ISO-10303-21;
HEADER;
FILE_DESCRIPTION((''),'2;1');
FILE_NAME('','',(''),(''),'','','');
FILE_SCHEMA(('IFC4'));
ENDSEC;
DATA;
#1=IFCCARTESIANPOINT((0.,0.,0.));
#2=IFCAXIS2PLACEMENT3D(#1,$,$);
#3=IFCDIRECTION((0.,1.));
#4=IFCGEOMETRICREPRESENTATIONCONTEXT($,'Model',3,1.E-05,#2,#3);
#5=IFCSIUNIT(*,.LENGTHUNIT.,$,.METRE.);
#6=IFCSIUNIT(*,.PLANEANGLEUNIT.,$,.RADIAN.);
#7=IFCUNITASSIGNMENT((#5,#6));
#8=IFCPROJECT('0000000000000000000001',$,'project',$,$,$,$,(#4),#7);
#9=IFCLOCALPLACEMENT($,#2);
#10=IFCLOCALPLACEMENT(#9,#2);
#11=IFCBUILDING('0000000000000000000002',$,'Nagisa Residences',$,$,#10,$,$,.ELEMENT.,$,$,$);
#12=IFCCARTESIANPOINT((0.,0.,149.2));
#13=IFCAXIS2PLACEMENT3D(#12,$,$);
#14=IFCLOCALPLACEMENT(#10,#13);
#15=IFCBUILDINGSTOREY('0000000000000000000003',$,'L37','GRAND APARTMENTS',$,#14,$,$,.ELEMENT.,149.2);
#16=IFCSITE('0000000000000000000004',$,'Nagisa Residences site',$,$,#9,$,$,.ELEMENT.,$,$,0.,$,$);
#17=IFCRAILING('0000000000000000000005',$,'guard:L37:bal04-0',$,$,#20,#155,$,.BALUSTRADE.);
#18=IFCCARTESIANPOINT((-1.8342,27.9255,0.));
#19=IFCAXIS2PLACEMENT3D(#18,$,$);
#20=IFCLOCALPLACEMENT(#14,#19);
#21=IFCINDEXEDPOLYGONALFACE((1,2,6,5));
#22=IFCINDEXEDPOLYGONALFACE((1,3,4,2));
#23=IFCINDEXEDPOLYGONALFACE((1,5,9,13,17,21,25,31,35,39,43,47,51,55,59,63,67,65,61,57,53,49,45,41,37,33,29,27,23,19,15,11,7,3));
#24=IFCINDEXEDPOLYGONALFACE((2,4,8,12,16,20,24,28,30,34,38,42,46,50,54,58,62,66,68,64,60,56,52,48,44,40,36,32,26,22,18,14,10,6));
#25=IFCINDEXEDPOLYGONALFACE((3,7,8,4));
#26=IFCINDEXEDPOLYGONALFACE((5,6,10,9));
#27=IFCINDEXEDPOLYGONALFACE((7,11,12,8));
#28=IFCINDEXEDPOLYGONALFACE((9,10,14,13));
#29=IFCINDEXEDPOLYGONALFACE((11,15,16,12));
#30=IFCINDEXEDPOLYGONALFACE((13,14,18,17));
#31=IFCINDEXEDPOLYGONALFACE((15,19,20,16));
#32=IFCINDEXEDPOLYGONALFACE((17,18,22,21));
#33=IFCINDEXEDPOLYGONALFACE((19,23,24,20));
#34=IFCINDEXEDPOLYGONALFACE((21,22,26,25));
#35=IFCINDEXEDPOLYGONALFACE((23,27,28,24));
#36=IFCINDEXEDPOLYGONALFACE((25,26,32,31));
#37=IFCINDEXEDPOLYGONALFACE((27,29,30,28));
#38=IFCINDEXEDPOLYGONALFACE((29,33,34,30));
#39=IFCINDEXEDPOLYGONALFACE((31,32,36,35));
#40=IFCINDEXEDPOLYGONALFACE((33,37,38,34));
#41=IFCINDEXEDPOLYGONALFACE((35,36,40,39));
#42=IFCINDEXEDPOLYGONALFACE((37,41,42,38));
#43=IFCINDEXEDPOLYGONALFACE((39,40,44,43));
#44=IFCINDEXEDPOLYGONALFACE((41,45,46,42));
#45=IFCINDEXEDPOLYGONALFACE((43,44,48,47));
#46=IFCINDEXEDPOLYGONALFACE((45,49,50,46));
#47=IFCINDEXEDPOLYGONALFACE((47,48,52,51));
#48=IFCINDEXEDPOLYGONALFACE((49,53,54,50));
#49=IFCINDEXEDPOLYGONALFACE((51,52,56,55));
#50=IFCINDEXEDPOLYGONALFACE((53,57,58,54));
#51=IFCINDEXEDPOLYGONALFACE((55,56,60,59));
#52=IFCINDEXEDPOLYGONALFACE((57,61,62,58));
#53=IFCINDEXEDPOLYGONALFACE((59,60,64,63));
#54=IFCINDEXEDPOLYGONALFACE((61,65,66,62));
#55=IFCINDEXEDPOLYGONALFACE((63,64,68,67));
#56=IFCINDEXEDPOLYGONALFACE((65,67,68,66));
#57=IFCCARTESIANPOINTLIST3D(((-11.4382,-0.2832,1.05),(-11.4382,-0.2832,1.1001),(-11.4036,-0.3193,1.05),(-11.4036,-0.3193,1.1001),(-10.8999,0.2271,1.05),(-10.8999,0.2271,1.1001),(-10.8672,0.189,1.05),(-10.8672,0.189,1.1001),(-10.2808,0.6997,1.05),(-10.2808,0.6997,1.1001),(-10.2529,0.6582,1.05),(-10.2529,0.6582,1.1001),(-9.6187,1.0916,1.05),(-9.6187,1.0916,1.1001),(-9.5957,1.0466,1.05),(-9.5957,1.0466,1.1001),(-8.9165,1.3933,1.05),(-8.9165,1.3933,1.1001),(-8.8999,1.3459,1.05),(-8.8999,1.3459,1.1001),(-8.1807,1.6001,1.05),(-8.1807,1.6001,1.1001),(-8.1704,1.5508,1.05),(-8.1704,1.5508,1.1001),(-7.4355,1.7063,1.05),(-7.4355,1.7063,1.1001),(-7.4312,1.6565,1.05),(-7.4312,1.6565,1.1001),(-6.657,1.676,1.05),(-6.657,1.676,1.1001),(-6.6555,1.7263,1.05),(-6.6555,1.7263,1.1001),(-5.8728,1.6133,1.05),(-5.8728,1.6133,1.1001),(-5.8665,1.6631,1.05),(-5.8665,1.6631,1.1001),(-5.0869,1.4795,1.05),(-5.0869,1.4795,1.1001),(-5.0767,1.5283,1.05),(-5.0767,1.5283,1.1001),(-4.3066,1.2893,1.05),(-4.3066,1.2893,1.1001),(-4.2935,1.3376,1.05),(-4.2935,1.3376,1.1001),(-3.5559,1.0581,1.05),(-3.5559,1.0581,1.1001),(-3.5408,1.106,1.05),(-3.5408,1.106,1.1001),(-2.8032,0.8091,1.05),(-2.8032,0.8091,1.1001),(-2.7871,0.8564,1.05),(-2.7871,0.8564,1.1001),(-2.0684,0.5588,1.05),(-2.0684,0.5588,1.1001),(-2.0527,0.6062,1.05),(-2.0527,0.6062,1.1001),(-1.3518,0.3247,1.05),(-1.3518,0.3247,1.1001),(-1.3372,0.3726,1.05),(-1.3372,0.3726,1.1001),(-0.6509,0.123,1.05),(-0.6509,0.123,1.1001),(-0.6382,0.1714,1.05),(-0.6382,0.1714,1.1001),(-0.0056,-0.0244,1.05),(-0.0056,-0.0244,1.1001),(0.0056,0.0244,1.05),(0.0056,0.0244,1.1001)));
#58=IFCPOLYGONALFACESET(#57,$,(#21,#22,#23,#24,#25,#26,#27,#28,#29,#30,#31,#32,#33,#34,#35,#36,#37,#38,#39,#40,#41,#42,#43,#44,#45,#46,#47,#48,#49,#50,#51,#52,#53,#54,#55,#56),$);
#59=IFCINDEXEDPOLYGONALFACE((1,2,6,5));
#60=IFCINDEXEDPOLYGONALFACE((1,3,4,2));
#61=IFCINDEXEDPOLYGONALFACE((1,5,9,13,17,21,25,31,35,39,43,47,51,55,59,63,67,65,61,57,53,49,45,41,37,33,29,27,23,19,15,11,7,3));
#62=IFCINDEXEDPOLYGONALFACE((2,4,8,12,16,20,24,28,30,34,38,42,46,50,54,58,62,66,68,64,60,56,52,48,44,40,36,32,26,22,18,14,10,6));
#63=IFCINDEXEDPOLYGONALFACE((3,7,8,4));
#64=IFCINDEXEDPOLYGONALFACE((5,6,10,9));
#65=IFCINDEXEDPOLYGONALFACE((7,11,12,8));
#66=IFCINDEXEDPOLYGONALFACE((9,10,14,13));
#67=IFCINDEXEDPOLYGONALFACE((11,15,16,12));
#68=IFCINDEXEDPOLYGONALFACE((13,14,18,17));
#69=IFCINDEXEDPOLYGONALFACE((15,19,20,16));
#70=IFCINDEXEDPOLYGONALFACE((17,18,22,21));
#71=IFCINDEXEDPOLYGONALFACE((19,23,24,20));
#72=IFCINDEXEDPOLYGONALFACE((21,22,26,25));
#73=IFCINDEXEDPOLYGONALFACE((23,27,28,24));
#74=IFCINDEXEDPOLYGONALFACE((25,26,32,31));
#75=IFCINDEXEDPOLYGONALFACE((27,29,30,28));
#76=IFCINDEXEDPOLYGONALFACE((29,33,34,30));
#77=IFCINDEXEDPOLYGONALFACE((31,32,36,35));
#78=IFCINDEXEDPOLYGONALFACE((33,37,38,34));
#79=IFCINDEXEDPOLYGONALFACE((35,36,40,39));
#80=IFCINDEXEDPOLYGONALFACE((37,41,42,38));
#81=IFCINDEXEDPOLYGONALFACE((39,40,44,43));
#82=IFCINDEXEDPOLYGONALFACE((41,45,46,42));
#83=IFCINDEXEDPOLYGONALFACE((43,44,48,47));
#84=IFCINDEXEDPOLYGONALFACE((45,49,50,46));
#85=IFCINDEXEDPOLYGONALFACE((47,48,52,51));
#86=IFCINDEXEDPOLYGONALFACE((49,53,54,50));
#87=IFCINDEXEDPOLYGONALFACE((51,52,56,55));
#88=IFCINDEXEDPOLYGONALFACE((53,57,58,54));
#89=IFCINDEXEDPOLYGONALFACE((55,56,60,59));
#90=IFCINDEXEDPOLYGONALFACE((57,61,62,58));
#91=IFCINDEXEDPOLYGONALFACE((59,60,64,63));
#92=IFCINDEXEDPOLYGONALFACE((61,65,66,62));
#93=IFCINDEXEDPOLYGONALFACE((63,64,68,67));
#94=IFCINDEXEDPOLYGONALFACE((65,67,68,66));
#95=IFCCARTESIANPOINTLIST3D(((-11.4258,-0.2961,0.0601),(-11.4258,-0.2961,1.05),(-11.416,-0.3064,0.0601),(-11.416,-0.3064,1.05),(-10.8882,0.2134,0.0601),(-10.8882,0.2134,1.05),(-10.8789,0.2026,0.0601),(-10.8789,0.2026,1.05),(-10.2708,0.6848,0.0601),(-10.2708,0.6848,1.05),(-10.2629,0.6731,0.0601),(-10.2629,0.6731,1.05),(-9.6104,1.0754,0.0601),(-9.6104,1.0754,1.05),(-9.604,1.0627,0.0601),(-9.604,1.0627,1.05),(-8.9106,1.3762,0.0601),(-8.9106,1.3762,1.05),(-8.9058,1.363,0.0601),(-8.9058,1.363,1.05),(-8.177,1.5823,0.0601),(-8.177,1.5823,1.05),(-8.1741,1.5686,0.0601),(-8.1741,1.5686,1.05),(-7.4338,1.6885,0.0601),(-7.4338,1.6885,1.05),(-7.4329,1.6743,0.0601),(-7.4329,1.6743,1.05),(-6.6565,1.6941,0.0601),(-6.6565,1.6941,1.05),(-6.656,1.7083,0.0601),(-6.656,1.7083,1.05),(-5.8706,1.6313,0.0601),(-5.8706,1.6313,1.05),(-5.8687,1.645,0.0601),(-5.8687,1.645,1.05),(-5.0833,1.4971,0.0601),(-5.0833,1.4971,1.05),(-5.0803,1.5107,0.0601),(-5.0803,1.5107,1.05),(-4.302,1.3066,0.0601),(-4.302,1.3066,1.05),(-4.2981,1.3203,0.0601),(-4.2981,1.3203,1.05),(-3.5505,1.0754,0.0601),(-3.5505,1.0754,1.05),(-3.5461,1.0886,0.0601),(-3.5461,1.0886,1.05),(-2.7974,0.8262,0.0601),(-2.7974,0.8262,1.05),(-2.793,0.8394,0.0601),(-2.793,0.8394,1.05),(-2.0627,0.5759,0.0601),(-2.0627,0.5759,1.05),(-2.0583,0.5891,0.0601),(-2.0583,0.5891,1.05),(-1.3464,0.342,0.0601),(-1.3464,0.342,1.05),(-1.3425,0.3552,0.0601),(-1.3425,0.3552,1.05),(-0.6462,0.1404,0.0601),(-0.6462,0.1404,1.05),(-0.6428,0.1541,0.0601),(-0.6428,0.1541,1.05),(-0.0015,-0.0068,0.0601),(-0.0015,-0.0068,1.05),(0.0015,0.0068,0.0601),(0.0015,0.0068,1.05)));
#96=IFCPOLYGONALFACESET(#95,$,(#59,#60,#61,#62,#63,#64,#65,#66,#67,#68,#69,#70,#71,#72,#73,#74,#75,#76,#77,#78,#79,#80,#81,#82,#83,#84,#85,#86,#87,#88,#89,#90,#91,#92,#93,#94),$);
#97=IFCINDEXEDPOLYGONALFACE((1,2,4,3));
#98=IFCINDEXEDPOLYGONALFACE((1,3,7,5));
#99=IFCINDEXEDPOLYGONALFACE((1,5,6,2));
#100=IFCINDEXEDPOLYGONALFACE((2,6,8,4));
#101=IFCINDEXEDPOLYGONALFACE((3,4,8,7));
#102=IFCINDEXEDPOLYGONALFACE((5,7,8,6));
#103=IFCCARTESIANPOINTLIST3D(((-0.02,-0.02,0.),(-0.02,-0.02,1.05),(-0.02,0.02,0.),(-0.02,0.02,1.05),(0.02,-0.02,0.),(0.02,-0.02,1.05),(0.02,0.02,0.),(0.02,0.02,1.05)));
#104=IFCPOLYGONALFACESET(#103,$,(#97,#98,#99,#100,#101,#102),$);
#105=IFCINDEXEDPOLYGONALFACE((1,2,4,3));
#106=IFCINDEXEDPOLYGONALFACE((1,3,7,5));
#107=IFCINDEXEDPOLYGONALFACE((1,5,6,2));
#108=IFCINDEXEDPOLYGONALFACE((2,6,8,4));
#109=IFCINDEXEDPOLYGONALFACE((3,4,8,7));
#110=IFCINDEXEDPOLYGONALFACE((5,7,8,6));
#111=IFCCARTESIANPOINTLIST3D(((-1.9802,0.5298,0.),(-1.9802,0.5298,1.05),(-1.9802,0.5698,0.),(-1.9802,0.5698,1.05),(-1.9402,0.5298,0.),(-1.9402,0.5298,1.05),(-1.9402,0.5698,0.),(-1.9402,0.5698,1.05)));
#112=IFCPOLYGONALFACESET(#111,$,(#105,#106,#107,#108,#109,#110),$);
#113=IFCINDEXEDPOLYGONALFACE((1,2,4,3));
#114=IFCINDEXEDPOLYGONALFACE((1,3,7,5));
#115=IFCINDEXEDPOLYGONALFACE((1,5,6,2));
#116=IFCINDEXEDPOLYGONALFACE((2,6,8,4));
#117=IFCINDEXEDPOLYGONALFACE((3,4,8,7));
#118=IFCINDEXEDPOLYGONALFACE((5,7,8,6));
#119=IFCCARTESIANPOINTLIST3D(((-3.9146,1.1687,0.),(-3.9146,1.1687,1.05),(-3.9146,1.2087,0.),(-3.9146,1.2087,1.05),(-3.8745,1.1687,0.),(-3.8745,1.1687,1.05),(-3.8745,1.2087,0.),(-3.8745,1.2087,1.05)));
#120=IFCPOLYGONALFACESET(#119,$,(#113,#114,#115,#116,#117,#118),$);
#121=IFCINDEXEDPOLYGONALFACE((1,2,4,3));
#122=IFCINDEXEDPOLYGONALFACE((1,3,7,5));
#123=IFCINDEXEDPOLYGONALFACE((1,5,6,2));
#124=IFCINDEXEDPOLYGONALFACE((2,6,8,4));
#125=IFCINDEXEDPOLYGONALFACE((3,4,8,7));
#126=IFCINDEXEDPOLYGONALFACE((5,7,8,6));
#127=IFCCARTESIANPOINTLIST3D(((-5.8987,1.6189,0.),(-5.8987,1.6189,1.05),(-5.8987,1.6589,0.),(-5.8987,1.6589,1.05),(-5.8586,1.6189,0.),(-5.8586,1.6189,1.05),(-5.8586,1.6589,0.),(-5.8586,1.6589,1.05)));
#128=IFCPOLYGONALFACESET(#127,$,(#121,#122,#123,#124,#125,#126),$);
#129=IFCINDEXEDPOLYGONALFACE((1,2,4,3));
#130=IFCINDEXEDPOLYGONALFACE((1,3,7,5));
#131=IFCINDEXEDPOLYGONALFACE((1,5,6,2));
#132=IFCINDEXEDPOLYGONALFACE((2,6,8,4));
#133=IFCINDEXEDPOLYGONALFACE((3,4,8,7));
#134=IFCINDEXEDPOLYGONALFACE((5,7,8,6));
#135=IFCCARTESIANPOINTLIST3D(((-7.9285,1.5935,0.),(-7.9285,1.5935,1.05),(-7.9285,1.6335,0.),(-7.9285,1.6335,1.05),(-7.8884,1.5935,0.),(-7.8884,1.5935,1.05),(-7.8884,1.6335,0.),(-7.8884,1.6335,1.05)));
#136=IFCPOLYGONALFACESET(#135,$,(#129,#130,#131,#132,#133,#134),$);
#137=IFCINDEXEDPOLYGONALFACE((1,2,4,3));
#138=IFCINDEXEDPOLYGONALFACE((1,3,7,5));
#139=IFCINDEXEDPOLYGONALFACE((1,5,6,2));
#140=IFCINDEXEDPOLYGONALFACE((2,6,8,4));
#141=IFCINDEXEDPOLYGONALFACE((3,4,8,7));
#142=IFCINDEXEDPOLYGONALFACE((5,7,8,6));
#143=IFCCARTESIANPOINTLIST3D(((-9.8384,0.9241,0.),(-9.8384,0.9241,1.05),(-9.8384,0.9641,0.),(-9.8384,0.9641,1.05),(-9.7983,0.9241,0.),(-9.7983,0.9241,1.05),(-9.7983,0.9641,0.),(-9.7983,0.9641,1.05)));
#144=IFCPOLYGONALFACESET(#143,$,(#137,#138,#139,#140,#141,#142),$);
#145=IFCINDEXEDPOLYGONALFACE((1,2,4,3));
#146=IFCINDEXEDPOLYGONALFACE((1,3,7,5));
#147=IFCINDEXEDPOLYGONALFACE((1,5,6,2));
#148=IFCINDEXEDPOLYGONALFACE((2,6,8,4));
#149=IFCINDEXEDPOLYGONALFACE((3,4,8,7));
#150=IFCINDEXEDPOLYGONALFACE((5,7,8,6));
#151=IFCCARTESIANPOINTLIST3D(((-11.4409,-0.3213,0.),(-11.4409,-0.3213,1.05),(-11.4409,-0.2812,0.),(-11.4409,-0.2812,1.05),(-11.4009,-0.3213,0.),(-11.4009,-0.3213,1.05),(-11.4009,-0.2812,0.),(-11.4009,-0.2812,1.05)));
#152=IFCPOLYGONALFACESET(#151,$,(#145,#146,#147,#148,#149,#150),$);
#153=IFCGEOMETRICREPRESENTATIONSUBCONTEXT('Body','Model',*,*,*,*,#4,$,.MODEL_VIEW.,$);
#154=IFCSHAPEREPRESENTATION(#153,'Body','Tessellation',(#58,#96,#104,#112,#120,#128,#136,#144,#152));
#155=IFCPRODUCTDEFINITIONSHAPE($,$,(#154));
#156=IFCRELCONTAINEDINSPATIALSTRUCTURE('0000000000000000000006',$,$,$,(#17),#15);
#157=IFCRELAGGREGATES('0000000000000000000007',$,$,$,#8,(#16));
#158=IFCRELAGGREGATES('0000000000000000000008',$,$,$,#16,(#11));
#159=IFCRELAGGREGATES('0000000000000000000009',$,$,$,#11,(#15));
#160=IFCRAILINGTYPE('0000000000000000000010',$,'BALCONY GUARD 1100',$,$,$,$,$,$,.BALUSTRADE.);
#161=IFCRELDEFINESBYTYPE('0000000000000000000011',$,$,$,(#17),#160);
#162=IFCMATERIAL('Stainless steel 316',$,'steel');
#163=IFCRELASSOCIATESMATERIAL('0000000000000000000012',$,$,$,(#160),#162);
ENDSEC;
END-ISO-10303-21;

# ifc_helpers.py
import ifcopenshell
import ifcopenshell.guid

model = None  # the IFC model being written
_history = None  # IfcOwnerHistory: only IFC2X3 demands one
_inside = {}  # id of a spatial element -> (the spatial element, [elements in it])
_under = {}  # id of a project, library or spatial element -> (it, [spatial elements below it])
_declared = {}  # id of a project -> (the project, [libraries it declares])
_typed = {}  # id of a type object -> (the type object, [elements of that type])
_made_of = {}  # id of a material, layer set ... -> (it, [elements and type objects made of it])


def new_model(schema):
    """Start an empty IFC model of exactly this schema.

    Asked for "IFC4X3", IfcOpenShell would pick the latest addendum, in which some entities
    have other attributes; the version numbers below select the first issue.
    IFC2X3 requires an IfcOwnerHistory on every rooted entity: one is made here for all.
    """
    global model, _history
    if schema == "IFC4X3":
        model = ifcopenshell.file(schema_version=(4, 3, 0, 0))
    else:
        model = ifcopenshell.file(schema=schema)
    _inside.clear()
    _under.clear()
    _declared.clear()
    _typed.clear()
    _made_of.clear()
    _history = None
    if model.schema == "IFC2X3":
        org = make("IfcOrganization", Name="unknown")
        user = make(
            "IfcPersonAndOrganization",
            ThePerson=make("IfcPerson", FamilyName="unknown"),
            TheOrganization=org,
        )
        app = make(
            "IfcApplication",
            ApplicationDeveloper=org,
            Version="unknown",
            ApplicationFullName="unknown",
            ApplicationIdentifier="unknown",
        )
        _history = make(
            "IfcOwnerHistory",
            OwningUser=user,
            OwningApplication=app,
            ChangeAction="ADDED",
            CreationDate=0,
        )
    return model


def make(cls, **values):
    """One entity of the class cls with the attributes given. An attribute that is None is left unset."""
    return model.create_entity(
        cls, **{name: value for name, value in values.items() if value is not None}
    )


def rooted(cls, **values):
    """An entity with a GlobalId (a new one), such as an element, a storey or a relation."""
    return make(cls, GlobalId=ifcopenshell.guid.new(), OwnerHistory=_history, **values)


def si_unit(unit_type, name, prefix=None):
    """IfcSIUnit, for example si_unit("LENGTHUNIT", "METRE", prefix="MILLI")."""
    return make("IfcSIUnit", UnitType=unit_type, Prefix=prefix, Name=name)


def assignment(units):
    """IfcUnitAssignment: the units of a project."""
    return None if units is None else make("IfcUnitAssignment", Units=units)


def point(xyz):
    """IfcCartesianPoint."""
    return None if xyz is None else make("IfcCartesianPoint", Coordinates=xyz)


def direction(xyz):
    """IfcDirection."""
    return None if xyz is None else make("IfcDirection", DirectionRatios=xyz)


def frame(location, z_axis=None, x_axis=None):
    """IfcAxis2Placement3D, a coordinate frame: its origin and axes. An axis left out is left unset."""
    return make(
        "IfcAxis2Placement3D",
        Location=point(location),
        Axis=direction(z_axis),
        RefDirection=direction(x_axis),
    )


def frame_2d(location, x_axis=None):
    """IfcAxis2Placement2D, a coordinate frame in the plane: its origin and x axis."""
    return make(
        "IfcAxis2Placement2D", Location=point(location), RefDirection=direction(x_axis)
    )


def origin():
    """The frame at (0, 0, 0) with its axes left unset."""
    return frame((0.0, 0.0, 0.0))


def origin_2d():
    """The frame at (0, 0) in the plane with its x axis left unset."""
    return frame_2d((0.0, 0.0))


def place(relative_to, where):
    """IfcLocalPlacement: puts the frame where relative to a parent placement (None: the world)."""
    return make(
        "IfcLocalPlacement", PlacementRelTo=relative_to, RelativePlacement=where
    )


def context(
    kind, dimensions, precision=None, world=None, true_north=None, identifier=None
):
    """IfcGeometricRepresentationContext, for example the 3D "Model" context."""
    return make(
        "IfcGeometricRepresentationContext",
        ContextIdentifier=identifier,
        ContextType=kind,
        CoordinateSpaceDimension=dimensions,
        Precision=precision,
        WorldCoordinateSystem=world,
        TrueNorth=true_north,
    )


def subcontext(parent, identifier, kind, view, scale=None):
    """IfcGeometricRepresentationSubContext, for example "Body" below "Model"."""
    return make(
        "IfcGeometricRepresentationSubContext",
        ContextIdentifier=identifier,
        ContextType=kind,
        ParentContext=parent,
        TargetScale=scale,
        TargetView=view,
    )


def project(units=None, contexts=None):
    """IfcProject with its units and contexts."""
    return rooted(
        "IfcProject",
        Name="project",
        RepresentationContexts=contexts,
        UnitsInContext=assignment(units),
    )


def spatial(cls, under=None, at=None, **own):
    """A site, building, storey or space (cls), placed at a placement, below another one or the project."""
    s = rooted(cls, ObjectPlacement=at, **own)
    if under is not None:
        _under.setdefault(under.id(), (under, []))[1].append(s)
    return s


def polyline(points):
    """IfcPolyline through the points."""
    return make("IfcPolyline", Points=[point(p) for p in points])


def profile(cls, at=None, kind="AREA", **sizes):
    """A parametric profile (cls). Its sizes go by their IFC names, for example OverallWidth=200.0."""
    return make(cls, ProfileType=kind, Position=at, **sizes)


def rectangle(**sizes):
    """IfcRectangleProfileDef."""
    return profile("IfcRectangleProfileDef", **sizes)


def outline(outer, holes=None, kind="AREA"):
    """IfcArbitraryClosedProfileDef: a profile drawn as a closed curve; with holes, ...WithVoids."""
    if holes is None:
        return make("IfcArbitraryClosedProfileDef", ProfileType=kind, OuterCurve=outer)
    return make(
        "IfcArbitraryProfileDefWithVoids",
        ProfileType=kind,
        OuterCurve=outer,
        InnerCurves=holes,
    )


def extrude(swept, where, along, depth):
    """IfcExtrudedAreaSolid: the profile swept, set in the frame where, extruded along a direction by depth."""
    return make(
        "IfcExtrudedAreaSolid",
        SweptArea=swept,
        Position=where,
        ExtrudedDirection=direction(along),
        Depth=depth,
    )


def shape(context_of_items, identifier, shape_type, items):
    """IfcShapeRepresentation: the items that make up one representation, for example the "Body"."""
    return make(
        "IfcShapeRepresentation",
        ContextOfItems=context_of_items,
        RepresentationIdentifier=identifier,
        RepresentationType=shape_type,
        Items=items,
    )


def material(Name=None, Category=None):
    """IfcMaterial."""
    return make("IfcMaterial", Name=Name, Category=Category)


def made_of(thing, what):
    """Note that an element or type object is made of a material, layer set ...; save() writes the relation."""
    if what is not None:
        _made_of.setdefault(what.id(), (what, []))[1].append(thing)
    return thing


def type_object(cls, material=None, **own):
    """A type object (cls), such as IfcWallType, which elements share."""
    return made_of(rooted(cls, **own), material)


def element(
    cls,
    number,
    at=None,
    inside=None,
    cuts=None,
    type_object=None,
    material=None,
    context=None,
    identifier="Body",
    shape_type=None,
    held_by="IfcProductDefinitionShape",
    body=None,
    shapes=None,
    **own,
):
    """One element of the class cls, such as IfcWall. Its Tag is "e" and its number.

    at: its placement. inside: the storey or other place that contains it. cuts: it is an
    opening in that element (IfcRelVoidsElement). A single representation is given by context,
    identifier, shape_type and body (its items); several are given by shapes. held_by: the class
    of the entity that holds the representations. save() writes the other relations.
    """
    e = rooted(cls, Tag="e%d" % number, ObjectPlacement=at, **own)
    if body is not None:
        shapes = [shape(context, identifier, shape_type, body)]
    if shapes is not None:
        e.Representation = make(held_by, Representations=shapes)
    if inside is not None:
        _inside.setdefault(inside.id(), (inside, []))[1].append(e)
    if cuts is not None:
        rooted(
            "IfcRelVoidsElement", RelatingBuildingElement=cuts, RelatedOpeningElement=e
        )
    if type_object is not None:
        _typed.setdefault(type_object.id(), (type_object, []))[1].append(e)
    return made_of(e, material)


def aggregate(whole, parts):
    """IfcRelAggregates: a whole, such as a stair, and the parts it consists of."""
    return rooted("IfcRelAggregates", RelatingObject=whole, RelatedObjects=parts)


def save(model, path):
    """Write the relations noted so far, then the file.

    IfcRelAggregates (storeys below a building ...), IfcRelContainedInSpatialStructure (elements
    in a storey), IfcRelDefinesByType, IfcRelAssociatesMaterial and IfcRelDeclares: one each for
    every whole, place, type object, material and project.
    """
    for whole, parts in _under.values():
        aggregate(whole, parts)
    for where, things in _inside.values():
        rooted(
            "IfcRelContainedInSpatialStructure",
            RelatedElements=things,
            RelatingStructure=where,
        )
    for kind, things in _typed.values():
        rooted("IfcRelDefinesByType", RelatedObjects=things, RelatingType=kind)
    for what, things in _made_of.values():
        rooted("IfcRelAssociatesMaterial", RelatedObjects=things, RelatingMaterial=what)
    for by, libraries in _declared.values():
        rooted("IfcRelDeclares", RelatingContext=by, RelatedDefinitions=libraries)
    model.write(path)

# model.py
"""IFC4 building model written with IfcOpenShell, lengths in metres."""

from ifc_helpers import new_model, si_unit, direction, frame, origin, origin_2d, place, context, subcontext, project, spatial, polyline, rectangle, outline, extrude, material, type_object, element, save


model = new_model("IFC4")

# Units and contexts
model_context = context("Model", 3, precision=1e-05, world=origin(), true_north=direction((0.0, 1.0)))
body_context = subcontext(model_context, "Body", "Model", "MODEL_VIEW")
ifc_project = project(units=[si_unit("LENGTHUNIT", "METRE"), si_unit("PLANEANGLEUNIT", "RADIAN")], contexts=[model_context])

# Site, building, storey
site_placement = place(None, origin())
site = spatial("IfcSite", under=ifc_project, at=site_placement, Name="Nagisa Residences site", CompositionType="ELEMENT", RefElevation=0.0)
building_placement = place(site_placement, origin())
building = spatial("IfcBuilding", under=site, at=building_placement, Name="Nagisa Residences", CompositionType="ELEMENT")
storey_placement = place(building_placement, frame((0.0, 0.0, 149.2)))
storey = spatial("IfcBuildingStorey", under=building, at=storey_placement, Name="L37", Description="GRAND APARTMENTS", CompositionType="ELEMENT", Elevation=149.2)

# Railing
ifc_material_1 = material(Name="Stainless steel 316", Category="steel")
railing_type = type_object("IfcRailingType", Name="BALCONY GUARD 1100", PredefinedType="BALUSTRADE", material=ifc_material_1)
railing_placement = place(storey_placement, frame((-1.8342, 27.9255, 0.0)))
element("IfcRailing", 1, at=railing_placement, inside=storey, type_object=railing_type, Name="guard:L37:bal04-0", PredefinedType="BALUSTRADE", context=body_context, shape_type="SweptSolid", body=[
    extrude(outline(polyline([(-0.6509, 0.123), (-0.0056, -0.0244), (0.0056, 0.0244), (-0.6382, 0.1714), (-1.3372, 0.3726), (-2.0527, 0.6062), (-2.7871, 0.8564), (-3.5408, 1.106), (-4.2935, 1.3376), (-5.0767, 1.5283), (-5.8665, 1.6631), (-6.6555, 1.7263), (-7.4355, 1.7063), (-8.1807, 1.6001), (-8.9165, 1.3933), (-9.6187, 1.0916), (-10.2808, 0.6997), (-10.8999, 0.2271), (-11.4382, -0.2832), (-11.4036, -0.3193), (-10.8672, 0.189), (-10.2529, 0.6582), (-9.5957, 1.0466), (-8.8999, 1.3459), (-8.1704, 1.5508), (-7.4312, 1.6565), (-6.657, 1.676), (-5.8728, 1.6133), (-5.0869, 1.4795), (-4.3066, 1.2893), (-3.5559, 1.0581), (-2.8032, 0.8091), (-2.0684, 0.5588), (-1.3518, 0.3247), (-0.6509, 0.123)])), frame((0.0, 0.0, 1.05)), (0.0, 0.0, 1.0), 0.05),
    extrude(outline(polyline([(-0.6462, 0.1404), (-0.0015, -0.0068), (0.0015, 0.0068), (-0.6428, 0.1541), (-1.3425, 0.3552), (-2.0583, 0.5891), (-2.793, 0.8394), (-3.5461, 1.0886), (-4.2981, 1.3203), (-5.0803, 1.5107), (-5.8687, 1.645), (-6.656, 1.7083), (-7.4338, 1.6885), (-8.177, 1.5823), (-8.9106, 1.3762), (-9.6104, 1.0754), (-10.2708, 0.6848), (-10.8882, 0.2134), (-11.4258, -0.2961), (-11.416, -0.3064), (-10.8789, 0.2026), (-10.2629, 0.6731), (-9.604, 1.0627), (-8.9058, 1.363), (-8.1741, 1.5686), (-7.4329, 1.6743), (-6.6565, 1.6941), (-5.8706, 1.6313), (-5.0833, 1.4971), (-4.302, 1.3066), (-3.5505, 1.0754), (-2.7974, 0.8262), (-2.0627, 0.5759), (-1.3464, 0.342), (-0.6462, 0.1404)])), frame((0.0, 0.0, 0.0601)), (0.0, 0.0, 1.0), 0.99),
    extrude(rectangle(XDim=0.04, YDim=0.04, at=origin_2d()), origin(), (0.0, 0.0, 1.0), 1.05),
    extrude(rectangle(XDim=0.04, YDim=0.04, at=origin_2d()), frame((-1.9602, 0.5498, 0.0)), (0.0, 0.0, 1.0), 1.05),
    extrude(rectangle(XDim=0.04, YDim=0.04, at=origin_2d()), frame((-3.8945, 1.1887, 0.0)), (0.0, 0.0, 1.0), 1.05),
    extrude(rectangle(XDim=0.04, YDim=0.04, at=origin_2d()), frame((-5.8787, 1.6389, 0.0)), (0.0, 0.0, 1.0), 1.05),
    extrude(rectangle(XDim=0.04, YDim=0.04, at=origin_2d()), frame((-7.9084, 1.6135, 0.0)), (0.0, 0.0, 1.0), 1.05),
    extrude(rectangle(XDim=0.04, YDim=0.04, at=origin_2d()), frame((-9.8184, 0.9441, 0.0)), (0.0, 0.0, 1.0), 1.05),
    extrude(rectangle(XDim=0.04, YDim=0.04, at=origin_2d()), frame((-11.4209, -0.3013, 0.0)), (0.0, 0.0, 1.0), 1.05),
])

save(model, "model.ifc")
